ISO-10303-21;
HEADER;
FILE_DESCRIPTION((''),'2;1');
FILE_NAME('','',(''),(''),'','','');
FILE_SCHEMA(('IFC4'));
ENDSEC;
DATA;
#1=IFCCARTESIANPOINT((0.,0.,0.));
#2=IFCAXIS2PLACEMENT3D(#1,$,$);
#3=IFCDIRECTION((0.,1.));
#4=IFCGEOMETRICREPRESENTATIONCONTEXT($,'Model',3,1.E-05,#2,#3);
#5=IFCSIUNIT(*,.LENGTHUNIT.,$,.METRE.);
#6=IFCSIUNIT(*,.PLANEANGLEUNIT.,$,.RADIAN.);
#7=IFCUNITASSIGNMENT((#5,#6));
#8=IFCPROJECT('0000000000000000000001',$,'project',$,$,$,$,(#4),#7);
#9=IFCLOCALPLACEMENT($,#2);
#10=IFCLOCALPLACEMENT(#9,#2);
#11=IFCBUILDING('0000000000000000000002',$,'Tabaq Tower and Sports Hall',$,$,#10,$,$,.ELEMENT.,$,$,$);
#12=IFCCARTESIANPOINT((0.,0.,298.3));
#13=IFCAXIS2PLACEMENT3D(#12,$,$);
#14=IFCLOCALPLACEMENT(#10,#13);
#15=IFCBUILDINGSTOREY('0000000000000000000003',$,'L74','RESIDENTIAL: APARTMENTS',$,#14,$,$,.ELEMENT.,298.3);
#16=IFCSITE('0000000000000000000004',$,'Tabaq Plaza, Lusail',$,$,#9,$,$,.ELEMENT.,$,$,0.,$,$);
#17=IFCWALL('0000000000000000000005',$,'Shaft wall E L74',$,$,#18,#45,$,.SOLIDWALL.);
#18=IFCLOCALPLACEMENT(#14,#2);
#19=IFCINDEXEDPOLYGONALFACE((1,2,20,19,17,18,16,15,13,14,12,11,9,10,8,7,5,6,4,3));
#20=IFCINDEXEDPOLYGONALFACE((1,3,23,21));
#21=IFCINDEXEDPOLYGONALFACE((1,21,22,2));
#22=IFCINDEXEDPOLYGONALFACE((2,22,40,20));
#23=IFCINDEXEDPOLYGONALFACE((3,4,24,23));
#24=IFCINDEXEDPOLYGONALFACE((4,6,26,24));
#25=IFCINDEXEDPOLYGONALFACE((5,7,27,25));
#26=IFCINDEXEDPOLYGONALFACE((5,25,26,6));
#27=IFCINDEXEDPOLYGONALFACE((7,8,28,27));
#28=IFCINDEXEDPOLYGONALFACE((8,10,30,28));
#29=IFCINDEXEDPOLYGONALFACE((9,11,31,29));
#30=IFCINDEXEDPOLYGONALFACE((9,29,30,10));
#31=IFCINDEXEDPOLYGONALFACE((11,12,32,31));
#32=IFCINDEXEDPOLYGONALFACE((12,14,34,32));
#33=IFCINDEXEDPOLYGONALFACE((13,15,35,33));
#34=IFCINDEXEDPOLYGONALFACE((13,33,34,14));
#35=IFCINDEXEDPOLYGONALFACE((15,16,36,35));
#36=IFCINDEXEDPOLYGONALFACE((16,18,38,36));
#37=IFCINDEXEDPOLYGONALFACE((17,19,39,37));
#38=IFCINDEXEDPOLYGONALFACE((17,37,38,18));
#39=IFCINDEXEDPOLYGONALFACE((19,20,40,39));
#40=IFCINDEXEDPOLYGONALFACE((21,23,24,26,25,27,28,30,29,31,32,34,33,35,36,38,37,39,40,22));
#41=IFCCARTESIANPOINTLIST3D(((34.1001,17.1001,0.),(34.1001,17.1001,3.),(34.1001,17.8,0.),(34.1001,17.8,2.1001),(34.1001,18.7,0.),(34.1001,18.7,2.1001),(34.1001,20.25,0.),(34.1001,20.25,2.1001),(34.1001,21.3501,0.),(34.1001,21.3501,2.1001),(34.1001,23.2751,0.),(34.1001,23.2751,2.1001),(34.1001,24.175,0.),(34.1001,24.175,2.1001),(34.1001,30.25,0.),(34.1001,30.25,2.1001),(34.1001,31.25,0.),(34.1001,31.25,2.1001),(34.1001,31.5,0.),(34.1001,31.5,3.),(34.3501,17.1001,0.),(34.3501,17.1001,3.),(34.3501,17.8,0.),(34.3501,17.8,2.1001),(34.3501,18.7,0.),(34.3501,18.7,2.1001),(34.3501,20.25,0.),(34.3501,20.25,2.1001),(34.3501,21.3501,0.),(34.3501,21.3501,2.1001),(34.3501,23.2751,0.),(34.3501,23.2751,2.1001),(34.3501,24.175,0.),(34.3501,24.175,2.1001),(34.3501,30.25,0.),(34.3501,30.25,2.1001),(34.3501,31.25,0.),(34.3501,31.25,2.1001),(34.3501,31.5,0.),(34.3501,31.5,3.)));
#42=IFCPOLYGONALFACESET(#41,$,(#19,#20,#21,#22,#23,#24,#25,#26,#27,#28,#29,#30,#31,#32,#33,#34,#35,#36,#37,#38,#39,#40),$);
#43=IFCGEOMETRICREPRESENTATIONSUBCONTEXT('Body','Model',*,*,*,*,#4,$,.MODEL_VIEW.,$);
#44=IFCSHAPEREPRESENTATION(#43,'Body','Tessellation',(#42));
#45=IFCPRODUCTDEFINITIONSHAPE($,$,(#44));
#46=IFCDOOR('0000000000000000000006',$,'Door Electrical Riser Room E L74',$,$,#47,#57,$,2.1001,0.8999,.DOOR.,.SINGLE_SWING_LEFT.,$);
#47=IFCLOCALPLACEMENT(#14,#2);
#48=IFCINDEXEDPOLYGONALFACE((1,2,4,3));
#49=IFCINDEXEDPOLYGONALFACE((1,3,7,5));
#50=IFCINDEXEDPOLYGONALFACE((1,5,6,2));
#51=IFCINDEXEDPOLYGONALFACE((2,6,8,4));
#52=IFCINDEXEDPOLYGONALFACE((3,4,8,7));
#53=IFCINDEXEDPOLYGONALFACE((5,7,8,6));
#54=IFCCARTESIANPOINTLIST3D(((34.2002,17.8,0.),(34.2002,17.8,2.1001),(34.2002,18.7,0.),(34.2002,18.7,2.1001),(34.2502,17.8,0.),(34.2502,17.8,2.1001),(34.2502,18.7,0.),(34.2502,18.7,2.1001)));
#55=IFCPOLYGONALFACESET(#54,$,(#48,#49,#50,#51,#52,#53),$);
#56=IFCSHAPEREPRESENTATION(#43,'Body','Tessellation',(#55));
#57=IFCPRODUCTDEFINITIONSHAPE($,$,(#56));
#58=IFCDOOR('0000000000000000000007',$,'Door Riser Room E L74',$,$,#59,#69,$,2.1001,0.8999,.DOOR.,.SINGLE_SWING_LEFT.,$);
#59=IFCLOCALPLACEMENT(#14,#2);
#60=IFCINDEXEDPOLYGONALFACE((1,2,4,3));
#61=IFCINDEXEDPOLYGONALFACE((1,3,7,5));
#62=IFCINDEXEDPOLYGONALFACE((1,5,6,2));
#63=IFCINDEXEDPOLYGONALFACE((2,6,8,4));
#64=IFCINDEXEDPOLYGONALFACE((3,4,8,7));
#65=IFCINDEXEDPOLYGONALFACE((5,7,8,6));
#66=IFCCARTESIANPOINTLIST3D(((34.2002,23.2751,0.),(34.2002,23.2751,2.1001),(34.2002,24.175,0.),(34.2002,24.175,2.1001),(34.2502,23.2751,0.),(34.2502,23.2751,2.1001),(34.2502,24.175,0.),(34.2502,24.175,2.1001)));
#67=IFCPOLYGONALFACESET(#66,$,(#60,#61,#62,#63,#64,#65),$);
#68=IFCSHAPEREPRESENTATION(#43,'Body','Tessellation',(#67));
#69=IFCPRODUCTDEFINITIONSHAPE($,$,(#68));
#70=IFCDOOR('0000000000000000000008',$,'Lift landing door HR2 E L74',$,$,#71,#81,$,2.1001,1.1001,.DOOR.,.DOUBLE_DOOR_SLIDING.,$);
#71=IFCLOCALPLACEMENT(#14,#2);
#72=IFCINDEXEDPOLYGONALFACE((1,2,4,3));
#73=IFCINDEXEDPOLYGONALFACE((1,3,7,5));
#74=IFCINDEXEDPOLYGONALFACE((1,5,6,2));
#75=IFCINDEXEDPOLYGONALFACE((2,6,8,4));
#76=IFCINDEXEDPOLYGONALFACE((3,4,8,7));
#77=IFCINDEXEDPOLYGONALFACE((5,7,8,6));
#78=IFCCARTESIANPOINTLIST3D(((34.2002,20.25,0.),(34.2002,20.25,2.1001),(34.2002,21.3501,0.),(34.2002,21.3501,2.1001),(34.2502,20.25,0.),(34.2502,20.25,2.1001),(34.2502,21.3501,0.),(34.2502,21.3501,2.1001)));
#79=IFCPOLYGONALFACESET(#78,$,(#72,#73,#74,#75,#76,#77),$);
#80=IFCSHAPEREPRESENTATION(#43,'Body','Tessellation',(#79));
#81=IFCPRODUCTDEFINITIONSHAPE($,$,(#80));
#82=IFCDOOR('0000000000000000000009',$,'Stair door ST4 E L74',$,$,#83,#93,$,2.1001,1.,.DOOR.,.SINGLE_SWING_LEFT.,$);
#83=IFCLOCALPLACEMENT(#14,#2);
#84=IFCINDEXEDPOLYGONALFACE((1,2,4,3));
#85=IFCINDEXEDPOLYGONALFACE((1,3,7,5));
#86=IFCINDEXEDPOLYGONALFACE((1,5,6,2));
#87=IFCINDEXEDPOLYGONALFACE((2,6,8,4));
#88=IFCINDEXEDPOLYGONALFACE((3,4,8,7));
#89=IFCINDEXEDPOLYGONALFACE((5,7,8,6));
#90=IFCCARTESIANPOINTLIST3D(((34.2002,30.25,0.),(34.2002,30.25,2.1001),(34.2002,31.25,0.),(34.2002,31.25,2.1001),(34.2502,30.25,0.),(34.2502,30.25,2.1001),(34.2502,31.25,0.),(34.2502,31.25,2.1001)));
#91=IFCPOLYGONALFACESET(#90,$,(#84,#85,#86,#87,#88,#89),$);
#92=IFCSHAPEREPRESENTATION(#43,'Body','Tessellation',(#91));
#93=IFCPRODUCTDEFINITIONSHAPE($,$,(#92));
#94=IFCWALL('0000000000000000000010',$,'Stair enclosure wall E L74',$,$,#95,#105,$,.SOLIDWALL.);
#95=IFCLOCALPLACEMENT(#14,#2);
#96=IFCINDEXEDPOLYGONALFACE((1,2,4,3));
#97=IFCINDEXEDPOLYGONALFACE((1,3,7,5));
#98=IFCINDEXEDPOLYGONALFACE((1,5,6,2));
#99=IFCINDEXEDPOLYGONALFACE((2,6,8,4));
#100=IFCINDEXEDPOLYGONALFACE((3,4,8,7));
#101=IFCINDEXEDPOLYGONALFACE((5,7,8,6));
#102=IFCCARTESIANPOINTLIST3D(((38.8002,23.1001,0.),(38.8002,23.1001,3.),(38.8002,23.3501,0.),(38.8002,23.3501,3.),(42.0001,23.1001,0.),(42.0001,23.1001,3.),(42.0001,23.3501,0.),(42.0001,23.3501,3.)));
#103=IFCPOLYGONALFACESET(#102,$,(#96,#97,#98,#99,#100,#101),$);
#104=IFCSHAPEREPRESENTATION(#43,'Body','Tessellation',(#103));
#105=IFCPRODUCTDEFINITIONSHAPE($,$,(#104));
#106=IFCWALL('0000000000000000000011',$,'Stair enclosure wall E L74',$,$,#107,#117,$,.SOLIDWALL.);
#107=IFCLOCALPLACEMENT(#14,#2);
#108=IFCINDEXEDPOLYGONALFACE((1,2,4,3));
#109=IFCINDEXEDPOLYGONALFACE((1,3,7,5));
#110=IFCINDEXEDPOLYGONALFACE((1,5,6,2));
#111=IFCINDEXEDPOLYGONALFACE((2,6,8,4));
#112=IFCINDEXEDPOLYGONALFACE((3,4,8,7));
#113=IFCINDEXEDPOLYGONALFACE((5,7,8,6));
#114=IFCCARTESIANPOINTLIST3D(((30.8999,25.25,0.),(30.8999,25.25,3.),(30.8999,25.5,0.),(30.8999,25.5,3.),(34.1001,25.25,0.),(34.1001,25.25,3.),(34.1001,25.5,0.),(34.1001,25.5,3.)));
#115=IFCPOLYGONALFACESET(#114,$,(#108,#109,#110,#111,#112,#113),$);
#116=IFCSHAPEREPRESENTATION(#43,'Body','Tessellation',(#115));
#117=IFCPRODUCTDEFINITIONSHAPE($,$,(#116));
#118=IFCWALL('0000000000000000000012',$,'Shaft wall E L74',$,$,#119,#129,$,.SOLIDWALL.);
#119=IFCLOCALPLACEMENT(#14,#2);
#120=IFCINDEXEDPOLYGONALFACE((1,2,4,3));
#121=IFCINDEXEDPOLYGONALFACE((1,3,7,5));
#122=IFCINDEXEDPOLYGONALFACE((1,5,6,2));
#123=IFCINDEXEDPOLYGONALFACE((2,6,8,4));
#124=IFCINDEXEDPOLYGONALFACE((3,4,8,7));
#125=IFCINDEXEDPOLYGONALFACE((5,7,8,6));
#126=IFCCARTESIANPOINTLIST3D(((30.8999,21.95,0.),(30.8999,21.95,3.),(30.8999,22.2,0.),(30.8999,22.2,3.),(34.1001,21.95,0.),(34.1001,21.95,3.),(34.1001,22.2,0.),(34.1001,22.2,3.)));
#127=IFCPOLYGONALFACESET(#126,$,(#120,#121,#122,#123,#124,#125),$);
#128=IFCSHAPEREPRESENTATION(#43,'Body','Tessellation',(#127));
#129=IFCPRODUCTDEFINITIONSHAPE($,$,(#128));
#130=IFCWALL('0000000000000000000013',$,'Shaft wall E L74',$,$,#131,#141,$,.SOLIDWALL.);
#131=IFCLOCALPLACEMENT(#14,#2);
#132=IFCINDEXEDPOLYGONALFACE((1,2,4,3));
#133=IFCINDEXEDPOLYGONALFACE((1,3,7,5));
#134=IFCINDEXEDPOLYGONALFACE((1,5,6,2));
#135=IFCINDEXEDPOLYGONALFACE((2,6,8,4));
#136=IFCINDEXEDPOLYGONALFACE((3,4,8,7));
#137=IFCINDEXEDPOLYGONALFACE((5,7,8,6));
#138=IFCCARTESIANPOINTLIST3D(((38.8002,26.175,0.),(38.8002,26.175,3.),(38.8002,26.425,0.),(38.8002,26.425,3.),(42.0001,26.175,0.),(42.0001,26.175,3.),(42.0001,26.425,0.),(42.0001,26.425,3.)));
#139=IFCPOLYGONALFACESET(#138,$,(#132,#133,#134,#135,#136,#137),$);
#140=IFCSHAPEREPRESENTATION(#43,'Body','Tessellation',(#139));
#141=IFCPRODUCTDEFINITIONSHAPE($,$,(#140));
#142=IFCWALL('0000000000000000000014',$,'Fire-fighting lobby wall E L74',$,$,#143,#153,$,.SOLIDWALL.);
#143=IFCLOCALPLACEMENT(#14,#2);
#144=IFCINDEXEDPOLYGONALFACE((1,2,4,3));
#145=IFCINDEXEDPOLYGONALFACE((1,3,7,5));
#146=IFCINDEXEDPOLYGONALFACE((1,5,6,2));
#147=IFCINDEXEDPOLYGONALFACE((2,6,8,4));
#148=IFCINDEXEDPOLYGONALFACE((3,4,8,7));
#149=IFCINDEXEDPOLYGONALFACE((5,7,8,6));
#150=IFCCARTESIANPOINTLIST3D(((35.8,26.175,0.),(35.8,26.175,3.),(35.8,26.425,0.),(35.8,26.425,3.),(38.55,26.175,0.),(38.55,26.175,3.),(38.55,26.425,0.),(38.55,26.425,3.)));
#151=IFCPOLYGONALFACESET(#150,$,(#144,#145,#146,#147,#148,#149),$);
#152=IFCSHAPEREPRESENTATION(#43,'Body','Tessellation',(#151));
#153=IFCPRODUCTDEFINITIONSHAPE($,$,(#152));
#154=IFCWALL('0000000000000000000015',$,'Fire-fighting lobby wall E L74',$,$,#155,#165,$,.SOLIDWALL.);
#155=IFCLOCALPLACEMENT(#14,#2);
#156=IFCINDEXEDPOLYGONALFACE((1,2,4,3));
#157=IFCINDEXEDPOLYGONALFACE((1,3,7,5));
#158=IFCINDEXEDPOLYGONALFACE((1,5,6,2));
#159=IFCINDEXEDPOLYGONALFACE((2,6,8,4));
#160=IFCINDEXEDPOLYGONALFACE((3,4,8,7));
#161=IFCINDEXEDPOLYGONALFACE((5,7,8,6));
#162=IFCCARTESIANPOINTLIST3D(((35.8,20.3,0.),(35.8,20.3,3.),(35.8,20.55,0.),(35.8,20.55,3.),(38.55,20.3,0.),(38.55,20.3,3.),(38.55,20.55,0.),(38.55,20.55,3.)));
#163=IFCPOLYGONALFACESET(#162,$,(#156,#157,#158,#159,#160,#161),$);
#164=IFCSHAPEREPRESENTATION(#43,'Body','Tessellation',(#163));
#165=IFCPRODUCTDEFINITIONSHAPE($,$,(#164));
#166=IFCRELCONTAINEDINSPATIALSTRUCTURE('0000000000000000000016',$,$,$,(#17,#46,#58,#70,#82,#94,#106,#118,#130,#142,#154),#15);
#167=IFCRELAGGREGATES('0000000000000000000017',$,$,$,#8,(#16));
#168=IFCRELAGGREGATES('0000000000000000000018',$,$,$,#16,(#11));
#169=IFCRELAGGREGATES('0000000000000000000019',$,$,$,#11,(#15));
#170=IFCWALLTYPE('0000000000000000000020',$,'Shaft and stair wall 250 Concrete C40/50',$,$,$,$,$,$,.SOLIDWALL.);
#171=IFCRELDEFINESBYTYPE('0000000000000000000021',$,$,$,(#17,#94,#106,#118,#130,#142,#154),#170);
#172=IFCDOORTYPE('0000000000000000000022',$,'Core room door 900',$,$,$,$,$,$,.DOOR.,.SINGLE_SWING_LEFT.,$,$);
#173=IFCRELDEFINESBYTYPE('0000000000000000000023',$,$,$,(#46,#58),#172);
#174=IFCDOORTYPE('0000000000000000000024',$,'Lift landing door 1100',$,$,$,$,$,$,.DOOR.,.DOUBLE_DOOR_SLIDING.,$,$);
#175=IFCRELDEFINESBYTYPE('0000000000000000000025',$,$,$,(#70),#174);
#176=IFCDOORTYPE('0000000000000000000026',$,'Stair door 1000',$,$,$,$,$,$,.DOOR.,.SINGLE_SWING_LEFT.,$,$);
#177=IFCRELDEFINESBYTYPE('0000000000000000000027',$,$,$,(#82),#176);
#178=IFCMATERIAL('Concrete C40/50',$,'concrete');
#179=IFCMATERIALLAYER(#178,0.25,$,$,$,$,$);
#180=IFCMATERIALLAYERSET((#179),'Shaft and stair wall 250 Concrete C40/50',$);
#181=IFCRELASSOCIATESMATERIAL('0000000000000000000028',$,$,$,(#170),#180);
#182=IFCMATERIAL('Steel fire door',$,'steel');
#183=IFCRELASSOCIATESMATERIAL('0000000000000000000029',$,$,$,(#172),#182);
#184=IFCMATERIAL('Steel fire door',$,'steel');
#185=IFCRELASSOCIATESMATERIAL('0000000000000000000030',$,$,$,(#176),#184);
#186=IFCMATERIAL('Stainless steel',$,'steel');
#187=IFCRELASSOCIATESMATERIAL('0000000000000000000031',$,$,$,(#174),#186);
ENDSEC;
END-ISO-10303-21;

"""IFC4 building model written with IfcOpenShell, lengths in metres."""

from ifc_helpers import new_model, si_unit, direction, frame, frame_2d, origin, place, context, subcontext, project, spatial, rectangle, extrude, material, layer, layer_set, type_object, element, fill, save


model = new_model("IFC4")

# Units and contexts
model_context = context("Model", 3, precision=1e-05, world=origin(), true_north=direction((0.0, 1.0)))
body_context = subcontext(model_context, "Body", "Model", "MODEL_VIEW")
ifc_project = project(units=[si_unit("LENGTHUNIT", "METRE"), si_unit("PLANEANGLEUNIT", "RADIAN")], contexts=[model_context])

# Site, building, storey
site_placement = place(None, origin())
site = spatial("IfcSite", under=ifc_project, at=site_placement, Name="Tabaq Plaza, Lusail", CompositionType="ELEMENT", RefElevation=0.0)
building_placement = place(site_placement, origin())
building = spatial("IfcBuilding", under=site, at=building_placement, Name="Tabaq Tower and Sports Hall", CompositionType="ELEMENT")
storey_placement = place(building_placement, frame((0.0, 0.0, 298.3)))
storey = spatial("IfcBuildingStorey", under=building, at=storey_placement, Name="L74", Description="RESIDENTIAL: APARTMENTS", CompositionType="ELEMENT", Elevation=298.3)

# Wall, openings, doors
ifc_material_1 = material(Name="Concrete C40/50", Category="concrete")
ifc_layer_1 = layer(ifc_material_1, 0.25)
ifc_layer_set_1 = layer_set([ifc_layer_1], Name="Shaft and stair wall 250 Concrete C40/50")
wall_type_1 = type_object("IfcWallType", Name="Shaft and stair wall 250 Concrete C40/50", PredefinedType="SOLIDWALL", material=ifc_layer_set_1)
ifc_material_2 = material(Name="Steel fire door", Category="steel")
door_type_1 = type_object("IfcDoorType", Name="Core room door 900", OperationType="SINGLE_SWING_LEFT", PredefinedType="DOOR", material=ifc_material_2)
ifc_material_3 = material(Name="Steel fire door", Category="steel")
door_type_2 = type_object("IfcDoorType", Name="Stair door 1000", OperationType="SINGLE_SWING_LEFT", PredefinedType="DOOR", material=ifc_material_3)
wall_1_placement = place(storey_placement, frame((34.2251, 17.1001, 0.0), z_axis=(0.0, 0.0, 1.0), x_axis=(0.0, 1.0, 0.0)))
wall_1 = element("IfcWall", 1, at=wall_1_placement, inside=storey, type_object=wall_type_1, Name="Shaft wall E L74", PredefinedType="SOLIDWALL", context=body_context, shape_type="SweptSolid", body=[
    extrude(rectangle(XDim=14.3999, YDim=0.25, at=frame_2d((7.2, 0.0))), origin(), (0.0, 0.0, 1.0), 3.0),
])
opening_1_placement = place(wall_1_placement, frame((13.1499, 0.0, 0.0)))
opening_1 = element("IfcOpeningElement", 2, at=opening_1_placement, cuts=wall_1, PredefinedType="OPENING", context=body_context, shape_type="SweptSolid", body=[
    extrude(rectangle(XDim=1.0, YDim=2.1001, at=frame_2d((0.5, 1.05))), frame((0.0, 0.125, 0.0), z_axis=(0.0, -1.0, 0.0), x_axis=(1.0, 0.0, 0.0)), (0.0, 0.0, 1.0), 0.25),
])
opening_2_placement = place(wall_1_placement, frame((3.1499, 0.0, 0.0)))
opening_2 = element("IfcOpeningElement", 3, at=opening_2_placement, cuts=wall_1, PredefinedType="OPENING", context=body_context, shape_type="SweptSolid", body=[
    extrude(rectangle(XDim=1.1001, YDim=2.1001, at=frame_2d((0.55, 1.05))), frame((0.0, 0.125, 0.0), z_axis=(0.0, -1.0, 0.0), x_axis=(1.0, 0.0, 0.0)), (0.0, 0.0, 1.0), 0.25),
])
opening_3_placement = place(wall_1_placement, frame((0.7, 0.0, 0.0)))
opening_3 = element("IfcOpeningElement", 4, at=opening_3_placement, cuts=wall_1, PredefinedType="OPENING", context=body_context, shape_type="SweptSolid", body=[
    extrude(rectangle(XDim=0.8999, YDim=2.1001, at=frame_2d((0.45, 1.05))), frame((0.0, 0.125, 0.0), z_axis=(0.0, -1.0, 0.0), x_axis=(1.0, 0.0, 0.0)), (0.0, 0.0, 1.0), 0.25),
])
opening_4_placement = place(wall_1_placement, frame((6.175, 0.0, 0.0)))
opening_4 = element("IfcOpeningElement", 5, at=opening_4_placement, cuts=wall_1, PredefinedType="OPENING", context=body_context, shape_type="SweptSolid", body=[
    extrude(rectangle(XDim=0.8999, YDim=2.1001, at=frame_2d((0.45, 1.05))), frame((0.0, 0.125, 0.0), z_axis=(0.0, -1.0, 0.0), x_axis=(1.0, 0.0, 0.0)), (0.0, 0.0, 1.0), 0.25),
])
door_1_placement = place(opening_3_placement, origin())
door_1 = element("IfcDoor", 6, at=door_1_placement, inside=storey, type_object=door_type_1, Name="Door Electrical Riser Room E L74", OperationType="SINGLE_SWING_LEFT", OverallHeight=2.1001, OverallWidth=0.8999, PredefinedType="DOOR", context=body_context, shape_type="SweptSolid", body=[
    extrude(rectangle(XDim=0.8999, YDim=2.1001, at=frame_2d((0.45, 1.05))), frame((0.0, 0.0249, 0.0), z_axis=(0.0, -1.0, 0.0), x_axis=(1.0, 0.0, 0.0)), (0.0, 0.0, 1.0), 0.05),
])
fill(opening_3, door_1)
door_2_placement = place(opening_4_placement, origin())
door_2 = element("IfcDoor", 7, at=door_2_placement, inside=storey, type_object=door_type_1, Name="Door Riser Room E L74", OperationType="SINGLE_SWING_LEFT", OverallHeight=2.1001, OverallWidth=0.8999, PredefinedType="DOOR", context=body_context, shape_type="SweptSolid", body=[
    extrude(rectangle(XDim=0.8999, YDim=2.1001, at=frame_2d((0.45, 1.05))), frame((0.0, 0.0249, 0.0), z_axis=(0.0, -1.0, 0.0), x_axis=(1.0, 0.0, 0.0)), (0.0, 0.0, 1.0), 0.05),
])
fill(opening_4, door_2)
ifc_material_4 = material(Name="Stainless steel", Category="steel")
door_type_3 = type_object("IfcDoorType", Name="Lift landing door 1100", OperationType="DOUBLE_DOOR_SLIDING", PredefinedType="DOOR", material=ifc_material_4)
door_3_placement = place(opening_2_placement, origin())
door_3 = element("IfcDoor", 8, at=door_3_placement, inside=storey, type_object=door_type_3, Name="Lift landing door HR2 E L74", OperationType="DOUBLE_DOOR_SLIDING", OverallHeight=2.1001, OverallWidth=1.1001, PredefinedType="DOOR", context=body_context, shape_type="SweptSolid", body=[
    extrude(rectangle(XDim=1.1001, YDim=2.1001, at=frame_2d((0.55, 1.05))), frame((0.0, 0.0249, 0.0), z_axis=(0.0, -1.0, 0.0), x_axis=(1.0, 0.0, 0.0)), (0.0, 0.0, 1.0), 0.05),
])
fill(opening_2, door_3)
door_4_placement = place(opening_1_placement, origin())
door_4 = element("IfcDoor", 9, at=door_4_placement, inside=storey, type_object=door_type_2, Name="Stair door ST4 E L74", OperationType="SINGLE_SWING_LEFT", OverallHeight=2.1001, OverallWidth=1.0, PredefinedType="DOOR", context=body_context, shape_type="SweptSolid", body=[
    extrude(rectangle(XDim=1.0, YDim=2.1001, at=frame_2d((0.5, 1.05))), frame((0.0, 0.0249, 0.0), z_axis=(0.0, -1.0, 0.0), x_axis=(1.0, 0.0, 0.0)), (0.0, 0.0, 1.0), 0.05),
])
fill(opening_1, door_4)

# Walls
wall_2_placement = place(storey_placement, frame((38.8, 23.2251, 0.0), z_axis=(0.0, 0.0, 1.0), x_axis=(1.0, 0.0, 0.0)))
element("IfcWall", 10, at=wall_2_placement, inside=storey, type_object=wall_type_1, Name="Stair enclosure wall E L74", PredefinedType="SOLIDWALL", context=body_context, shape_type="SweptSolid", body=[
    extrude(rectangle(XDim=3.2, YDim=0.25, at=frame_2d((1.6001, 0.0))), origin(), (0.0, 0.0, 1.0), 3.0),
])
for number, where, z_axis, x_axis, name in (
    (11, (30.8999, 25.375, 0.0), (0.0, 0.0, 1.0), (1.0, 0.0, 0.0), "Stair enclosure wall E L74"),
    (12, (30.8999, 22.075, 0.0), (0.0, 0.0, 1.0), (1.0, 0.0, 0.0), "Shaft wall E L74"),
):
    element("IfcWall", number, at=place(storey_placement, frame(where, z_axis=z_axis, x_axis=x_axis)), inside=storey, type_object=wall_type_1, Name=name, PredefinedType="SOLIDWALL", context=body_context, shape_type="SweptSolid", body=[
        extrude(rectangle(XDim=3.2002, YDim=0.25, at=frame_2d((1.6001, 0.0))), origin(), (0.0, 0.0, 1.0), 3.0),
    ])
wall_3_placement = place(storey_placement, frame((38.8, 26.3, 0.0), z_axis=(0.0, 0.0, 1.0), x_axis=(1.0, 0.0, 0.0)))
element("IfcWall", 13, at=wall_3_placement, inside=storey, type_object=wall_type_1, Name="Shaft wall E L74", PredefinedType="SOLIDWALL", context=body_context, shape_type="SweptSolid", body=[
    extrude(rectangle(XDim=3.2, YDim=0.25, at=frame_2d((1.6001, 0.0))), origin(), (0.0, 0.0, 1.0), 3.0),
])
for number, where, z_axis, x_axis, name in (
    (14, (35.8, 26.3, 0.0), (0.0, 0.0, 1.0), (1.0, 0.0, 0.0), "Fire-fighting lobby wall E L74"),
    (15, (35.8, 20.425, 0.0), (0.0, 0.0, 1.0), (1.0, 0.0, 0.0), "Fire-fighting lobby wall E L74"),
):
    element("IfcWall", number, at=place(storey_placement, frame(where, z_axis=z_axis, x_axis=x_axis)), inside=storey, type_object=wall_type_1, Name=name, PredefinedType="SOLIDWALL", context=body_context, shape_type="SweptSolid", body=[
        extrude(rectangle(XDim=2.75, YDim=0.25, at=frame_2d((1.375, 0.0))), origin(), (0.0, 0.0, 1.0), 3.0),
    ])

save(model, "model.ifc")
